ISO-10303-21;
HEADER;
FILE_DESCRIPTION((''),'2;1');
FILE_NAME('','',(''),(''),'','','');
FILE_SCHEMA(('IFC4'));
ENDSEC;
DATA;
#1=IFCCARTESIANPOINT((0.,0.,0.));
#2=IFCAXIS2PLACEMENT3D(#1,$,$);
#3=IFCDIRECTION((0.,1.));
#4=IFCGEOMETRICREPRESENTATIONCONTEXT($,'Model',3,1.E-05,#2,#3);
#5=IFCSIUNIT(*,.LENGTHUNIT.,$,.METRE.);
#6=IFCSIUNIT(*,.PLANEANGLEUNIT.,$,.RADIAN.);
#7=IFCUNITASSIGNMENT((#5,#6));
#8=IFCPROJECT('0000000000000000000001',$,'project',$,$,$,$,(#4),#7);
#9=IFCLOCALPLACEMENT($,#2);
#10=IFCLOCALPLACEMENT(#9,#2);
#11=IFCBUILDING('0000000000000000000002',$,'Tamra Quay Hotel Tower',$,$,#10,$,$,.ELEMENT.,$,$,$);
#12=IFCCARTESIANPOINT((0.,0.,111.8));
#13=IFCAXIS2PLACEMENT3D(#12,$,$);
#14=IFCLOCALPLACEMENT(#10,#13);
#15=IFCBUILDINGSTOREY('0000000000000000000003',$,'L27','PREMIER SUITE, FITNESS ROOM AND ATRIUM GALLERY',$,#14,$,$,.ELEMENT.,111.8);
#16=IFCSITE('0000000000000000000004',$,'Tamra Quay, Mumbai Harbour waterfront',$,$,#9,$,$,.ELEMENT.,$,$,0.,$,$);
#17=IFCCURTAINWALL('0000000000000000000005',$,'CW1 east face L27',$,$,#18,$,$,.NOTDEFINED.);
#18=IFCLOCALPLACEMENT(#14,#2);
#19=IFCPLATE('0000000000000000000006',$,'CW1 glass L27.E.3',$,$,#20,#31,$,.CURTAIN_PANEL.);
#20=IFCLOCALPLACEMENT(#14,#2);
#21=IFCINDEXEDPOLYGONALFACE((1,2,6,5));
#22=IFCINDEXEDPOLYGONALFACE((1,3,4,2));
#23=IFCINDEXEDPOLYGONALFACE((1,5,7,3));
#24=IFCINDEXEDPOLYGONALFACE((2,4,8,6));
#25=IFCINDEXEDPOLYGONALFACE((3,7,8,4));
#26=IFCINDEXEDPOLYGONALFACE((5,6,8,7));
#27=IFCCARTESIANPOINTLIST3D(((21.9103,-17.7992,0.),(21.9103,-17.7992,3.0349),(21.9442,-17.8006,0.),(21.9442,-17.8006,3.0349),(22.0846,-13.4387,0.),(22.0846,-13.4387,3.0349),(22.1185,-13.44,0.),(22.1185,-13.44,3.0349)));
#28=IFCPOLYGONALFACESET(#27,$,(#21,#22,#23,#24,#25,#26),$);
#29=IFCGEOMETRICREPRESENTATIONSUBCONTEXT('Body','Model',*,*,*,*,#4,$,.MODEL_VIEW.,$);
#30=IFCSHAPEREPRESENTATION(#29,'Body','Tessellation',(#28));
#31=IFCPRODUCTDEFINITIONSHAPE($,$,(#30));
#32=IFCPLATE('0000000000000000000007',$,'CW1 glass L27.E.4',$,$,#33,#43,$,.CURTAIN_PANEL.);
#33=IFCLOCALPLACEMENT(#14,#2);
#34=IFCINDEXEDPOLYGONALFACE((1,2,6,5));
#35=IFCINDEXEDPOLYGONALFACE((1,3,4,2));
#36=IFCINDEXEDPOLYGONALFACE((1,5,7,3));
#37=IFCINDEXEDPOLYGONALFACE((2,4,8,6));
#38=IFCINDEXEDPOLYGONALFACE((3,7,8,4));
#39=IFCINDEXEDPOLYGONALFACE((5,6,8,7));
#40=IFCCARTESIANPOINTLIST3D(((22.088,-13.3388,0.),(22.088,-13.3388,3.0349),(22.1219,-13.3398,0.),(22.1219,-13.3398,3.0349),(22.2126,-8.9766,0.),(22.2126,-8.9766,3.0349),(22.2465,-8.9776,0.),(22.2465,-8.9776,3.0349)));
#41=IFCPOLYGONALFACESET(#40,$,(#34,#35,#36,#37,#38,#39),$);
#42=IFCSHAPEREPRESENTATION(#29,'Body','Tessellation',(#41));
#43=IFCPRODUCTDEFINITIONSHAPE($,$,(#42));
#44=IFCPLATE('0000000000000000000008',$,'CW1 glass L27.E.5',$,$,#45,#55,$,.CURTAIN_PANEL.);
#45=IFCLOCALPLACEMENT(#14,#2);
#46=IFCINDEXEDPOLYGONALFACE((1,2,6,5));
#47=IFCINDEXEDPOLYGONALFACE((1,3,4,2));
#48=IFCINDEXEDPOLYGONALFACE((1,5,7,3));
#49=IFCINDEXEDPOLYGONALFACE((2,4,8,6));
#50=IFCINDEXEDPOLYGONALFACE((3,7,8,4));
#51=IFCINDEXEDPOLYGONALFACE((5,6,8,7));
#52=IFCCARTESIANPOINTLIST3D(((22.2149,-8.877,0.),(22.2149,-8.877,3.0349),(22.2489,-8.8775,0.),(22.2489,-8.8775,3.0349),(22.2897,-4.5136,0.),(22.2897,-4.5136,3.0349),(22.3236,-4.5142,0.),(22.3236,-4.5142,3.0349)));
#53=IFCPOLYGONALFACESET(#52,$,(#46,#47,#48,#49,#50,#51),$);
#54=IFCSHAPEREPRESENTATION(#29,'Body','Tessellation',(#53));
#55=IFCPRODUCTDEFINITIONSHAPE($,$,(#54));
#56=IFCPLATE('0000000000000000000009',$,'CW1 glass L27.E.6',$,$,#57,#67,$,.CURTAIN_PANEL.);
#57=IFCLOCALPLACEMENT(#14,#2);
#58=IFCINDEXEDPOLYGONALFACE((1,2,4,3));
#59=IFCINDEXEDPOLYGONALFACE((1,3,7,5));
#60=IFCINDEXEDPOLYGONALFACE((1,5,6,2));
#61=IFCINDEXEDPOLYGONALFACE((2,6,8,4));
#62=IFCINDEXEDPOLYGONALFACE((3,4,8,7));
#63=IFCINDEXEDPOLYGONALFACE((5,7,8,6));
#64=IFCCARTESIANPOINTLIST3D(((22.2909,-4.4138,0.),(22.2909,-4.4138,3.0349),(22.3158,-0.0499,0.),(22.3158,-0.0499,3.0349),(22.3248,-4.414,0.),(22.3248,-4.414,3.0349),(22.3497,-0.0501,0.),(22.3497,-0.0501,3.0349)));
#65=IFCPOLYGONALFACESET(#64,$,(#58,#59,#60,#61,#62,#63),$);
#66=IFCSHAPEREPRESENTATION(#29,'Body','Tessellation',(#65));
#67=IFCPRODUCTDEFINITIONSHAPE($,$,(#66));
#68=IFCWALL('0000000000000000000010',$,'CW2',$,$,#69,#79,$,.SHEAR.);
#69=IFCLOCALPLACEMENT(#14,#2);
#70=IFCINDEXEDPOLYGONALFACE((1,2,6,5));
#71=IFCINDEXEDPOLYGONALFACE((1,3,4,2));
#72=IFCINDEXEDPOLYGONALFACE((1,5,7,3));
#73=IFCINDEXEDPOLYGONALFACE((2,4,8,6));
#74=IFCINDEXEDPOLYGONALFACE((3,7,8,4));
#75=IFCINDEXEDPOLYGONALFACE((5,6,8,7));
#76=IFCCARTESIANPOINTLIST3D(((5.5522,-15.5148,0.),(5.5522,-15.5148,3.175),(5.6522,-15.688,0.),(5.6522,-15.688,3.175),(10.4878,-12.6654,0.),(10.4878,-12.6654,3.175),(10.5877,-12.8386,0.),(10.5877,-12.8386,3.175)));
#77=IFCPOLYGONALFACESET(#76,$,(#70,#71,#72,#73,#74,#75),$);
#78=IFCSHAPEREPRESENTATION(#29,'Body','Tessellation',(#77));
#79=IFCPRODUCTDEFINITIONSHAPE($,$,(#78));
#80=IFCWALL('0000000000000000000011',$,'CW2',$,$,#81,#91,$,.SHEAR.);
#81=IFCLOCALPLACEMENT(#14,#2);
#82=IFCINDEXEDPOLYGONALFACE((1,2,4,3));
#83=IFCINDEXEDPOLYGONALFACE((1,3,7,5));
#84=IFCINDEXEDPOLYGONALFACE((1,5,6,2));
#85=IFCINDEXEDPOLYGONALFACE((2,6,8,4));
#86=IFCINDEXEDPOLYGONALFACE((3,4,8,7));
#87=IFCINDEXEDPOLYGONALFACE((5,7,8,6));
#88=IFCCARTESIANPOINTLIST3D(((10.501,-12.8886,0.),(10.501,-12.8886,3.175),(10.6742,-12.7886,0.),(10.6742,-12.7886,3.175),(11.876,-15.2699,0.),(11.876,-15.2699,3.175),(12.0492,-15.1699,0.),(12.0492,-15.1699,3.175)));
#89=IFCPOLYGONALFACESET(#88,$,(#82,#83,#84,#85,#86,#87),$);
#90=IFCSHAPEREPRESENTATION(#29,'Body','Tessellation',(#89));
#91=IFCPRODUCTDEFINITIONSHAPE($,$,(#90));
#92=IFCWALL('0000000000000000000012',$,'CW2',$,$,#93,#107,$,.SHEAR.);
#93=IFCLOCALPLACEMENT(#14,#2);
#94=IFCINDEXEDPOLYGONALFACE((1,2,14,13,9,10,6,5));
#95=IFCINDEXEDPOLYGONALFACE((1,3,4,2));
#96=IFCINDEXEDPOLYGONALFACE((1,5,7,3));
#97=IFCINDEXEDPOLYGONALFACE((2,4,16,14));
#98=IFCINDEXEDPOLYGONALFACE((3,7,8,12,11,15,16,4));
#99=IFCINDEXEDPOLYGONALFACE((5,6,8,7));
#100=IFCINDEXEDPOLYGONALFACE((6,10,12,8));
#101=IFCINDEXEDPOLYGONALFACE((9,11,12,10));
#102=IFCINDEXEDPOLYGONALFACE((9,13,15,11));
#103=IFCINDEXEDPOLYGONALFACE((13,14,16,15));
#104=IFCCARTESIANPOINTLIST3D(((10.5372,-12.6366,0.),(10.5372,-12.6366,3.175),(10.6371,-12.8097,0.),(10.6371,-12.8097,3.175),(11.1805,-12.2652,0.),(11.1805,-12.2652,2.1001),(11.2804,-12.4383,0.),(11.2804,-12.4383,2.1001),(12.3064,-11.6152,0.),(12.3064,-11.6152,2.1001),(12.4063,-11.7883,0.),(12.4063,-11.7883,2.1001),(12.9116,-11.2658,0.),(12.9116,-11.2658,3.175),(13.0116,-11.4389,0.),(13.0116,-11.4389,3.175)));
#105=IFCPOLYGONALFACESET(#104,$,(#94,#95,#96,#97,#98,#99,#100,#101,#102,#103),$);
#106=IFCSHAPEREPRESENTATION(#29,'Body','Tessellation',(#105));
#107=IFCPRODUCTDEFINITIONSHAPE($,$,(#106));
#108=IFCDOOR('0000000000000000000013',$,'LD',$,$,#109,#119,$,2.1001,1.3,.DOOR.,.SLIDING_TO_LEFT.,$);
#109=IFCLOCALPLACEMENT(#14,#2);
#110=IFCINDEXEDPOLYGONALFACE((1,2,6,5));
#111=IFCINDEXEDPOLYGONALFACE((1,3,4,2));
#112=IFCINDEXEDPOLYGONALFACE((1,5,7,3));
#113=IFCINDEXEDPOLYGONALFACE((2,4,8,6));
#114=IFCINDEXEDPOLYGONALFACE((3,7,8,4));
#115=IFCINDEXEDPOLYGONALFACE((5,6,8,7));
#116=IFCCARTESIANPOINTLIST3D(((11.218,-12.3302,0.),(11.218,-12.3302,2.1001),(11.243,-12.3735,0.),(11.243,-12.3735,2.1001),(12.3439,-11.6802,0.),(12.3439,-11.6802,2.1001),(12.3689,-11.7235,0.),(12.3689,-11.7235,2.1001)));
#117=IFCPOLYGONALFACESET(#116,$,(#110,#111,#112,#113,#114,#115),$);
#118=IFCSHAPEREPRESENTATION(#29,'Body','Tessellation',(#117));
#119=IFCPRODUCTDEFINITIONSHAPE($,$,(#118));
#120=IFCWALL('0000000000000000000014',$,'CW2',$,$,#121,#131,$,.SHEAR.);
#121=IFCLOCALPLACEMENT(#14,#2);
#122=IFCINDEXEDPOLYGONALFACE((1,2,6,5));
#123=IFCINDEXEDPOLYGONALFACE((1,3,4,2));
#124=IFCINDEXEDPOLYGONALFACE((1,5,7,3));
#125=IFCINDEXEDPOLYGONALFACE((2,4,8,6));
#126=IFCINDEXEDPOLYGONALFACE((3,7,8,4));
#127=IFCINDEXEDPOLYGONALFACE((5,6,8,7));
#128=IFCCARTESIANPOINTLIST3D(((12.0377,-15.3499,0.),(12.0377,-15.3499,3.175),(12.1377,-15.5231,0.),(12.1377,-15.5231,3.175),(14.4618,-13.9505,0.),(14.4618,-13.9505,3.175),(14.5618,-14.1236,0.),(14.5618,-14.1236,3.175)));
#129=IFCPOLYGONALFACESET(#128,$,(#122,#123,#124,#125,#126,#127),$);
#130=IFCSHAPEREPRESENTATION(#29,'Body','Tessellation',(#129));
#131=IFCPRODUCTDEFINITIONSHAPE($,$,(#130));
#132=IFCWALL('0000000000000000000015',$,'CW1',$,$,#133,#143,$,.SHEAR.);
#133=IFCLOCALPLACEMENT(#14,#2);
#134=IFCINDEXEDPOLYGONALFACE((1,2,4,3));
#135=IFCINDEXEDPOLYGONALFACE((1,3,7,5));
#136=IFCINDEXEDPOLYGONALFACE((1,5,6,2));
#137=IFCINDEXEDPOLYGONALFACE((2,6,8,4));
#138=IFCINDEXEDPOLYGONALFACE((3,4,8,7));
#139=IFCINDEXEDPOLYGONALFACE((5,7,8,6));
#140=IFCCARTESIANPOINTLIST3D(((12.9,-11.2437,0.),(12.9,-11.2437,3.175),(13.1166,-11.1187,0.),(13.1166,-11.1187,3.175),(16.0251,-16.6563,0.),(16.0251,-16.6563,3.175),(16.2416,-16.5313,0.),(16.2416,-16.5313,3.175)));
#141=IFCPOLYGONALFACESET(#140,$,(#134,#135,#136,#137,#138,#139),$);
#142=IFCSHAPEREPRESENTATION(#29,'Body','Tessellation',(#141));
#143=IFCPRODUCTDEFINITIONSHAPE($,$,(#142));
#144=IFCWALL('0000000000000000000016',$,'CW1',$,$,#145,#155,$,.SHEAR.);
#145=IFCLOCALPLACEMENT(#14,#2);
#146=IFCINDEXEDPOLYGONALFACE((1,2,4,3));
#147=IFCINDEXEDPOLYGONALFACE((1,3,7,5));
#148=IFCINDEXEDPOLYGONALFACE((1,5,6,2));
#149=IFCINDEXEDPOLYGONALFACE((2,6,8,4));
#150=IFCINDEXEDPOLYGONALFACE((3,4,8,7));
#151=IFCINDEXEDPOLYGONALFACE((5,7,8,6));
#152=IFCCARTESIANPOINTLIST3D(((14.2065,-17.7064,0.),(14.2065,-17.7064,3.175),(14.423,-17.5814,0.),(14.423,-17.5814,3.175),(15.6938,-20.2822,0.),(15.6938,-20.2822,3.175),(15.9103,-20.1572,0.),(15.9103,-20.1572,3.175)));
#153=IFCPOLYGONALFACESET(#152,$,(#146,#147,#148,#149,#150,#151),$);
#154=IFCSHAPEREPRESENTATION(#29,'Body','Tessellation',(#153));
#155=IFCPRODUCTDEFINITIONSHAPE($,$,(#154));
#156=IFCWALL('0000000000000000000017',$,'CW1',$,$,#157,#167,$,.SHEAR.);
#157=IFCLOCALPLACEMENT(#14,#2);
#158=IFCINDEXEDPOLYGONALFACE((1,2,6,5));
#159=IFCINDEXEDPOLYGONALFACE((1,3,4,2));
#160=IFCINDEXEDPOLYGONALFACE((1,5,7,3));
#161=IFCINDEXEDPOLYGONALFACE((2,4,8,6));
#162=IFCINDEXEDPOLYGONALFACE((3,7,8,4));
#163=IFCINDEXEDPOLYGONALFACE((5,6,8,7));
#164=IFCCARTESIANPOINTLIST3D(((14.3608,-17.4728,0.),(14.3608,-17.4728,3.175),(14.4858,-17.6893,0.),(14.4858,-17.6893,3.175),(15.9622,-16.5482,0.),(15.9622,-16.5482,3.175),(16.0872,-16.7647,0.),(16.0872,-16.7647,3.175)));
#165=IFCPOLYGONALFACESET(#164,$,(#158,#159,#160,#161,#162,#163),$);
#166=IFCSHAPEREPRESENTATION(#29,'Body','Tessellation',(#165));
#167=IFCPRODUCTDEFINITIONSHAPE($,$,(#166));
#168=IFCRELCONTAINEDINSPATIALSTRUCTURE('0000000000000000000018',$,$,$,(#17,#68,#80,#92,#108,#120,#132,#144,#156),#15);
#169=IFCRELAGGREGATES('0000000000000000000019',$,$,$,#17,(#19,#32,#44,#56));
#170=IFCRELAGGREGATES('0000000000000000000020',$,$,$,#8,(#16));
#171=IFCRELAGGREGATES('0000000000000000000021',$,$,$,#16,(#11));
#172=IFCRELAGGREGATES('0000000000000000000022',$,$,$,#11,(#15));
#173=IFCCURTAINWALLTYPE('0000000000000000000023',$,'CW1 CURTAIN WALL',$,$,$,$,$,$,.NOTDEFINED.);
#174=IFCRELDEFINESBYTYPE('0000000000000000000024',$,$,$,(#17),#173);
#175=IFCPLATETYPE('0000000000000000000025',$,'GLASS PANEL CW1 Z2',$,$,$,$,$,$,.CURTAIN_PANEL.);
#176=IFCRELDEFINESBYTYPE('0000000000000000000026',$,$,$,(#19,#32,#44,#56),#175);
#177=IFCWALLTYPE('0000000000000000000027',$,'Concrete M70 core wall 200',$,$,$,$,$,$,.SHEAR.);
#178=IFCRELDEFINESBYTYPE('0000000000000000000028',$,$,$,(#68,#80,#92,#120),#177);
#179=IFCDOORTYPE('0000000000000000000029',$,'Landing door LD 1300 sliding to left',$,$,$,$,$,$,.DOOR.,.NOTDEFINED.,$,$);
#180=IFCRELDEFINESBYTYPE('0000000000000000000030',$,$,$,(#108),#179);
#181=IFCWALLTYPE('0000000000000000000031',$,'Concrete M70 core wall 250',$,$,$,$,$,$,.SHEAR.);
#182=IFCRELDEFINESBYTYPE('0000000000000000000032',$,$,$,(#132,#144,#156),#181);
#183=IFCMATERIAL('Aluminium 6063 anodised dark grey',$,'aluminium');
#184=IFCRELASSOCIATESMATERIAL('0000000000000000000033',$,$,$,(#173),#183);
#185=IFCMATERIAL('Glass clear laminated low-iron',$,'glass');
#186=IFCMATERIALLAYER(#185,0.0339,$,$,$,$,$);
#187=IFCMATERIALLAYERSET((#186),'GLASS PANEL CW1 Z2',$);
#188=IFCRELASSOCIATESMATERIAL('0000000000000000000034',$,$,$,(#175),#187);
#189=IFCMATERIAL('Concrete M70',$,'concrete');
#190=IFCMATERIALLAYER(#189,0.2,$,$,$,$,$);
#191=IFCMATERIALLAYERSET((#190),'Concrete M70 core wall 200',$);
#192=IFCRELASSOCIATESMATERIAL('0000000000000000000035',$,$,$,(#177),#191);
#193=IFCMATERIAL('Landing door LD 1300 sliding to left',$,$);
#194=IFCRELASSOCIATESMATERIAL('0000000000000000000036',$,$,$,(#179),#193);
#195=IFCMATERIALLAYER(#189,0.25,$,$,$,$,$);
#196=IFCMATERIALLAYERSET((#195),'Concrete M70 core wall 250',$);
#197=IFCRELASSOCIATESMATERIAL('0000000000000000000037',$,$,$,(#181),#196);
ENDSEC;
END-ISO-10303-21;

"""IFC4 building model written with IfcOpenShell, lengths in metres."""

from ifc_helpers import new_model, si_unit, direction, frame, frame_2d, origin, origin_2d, place, context, subcontext, project, spatial, rectangle, extrude, material, layer, layer_set, type_object, element, fill, aggregate, save


model = new_model("IFC4")

# Units and contexts
model_context = context("Model", 3, precision=1e-05, world=origin(), true_north=direction((0.0, 1.0)))
body_context = subcontext(model_context, "Body", "Model", "MODEL_VIEW")
ifc_project = project(units=[si_unit("LENGTHUNIT", "METRE"), si_unit("PLANEANGLEUNIT", "RADIAN")], contexts=[model_context])

# Site, building, storey
site_placement = place(None, origin())
site = spatial("IfcSite", under=ifc_project, at=site_placement, Name="Tamra Quay, Mumbai Harbour waterfront", CompositionType="ELEMENT", RefElevation=0.0)
building_placement = place(site_placement, origin())
building = spatial("IfcBuilding", under=site, at=building_placement, Name="Tamra Quay Hotel Tower", CompositionType="ELEMENT")
storey_placement = place(building_placement, frame((0.0, 0.0, 111.8)))
storey = spatial("IfcBuildingStorey", under=building, at=storey_placement, Name="L27", Description="PREMIER SUITE, FITNESS ROOM AND ATRIUM GALLERY", CompositionType="ELEMENT", Elevation=111.8)

# Shared definitions
ifc_material_1 = material(Name="Concrete M70", Category="concrete")

# Curtain wall
ifc_material_2 = material(Name="Aluminium 6063 anodised dark grey", Category="aluminium")
curtain_wall_type = type_object("IfcCurtainWallType", Name="CW1 CURTAIN WALL", PredefinedType="NOTDEFINED", material=ifc_material_2)
curtain_wall_placement = place(storey_placement, origin())
curtain_wall = element("IfcCurtainWall", 1, at=curtain_wall_placement, inside=storey, type_object=curtain_wall_type, Name="CW1 east face L27", PredefinedType="NOTDEFINED")

# Plates
ifc_material_3 = material(Name="Glass clear laminated low-iron", Category="glass")
ifc_layer_1 = layer(ifc_material_3, 0.0339)
ifc_layer_set_1 = layer_set([ifc_layer_1], Name="GLASS PANEL CW1 Z2")
plate_type = type_object("IfcPlateType", Name="GLASS PANEL CW1 Z2", PredefinedType="CURTAIN_PANEL", material=ifc_layer_set_1)
plate_1_placement = place(storey_placement, frame((22.0144, -15.6196, 0.0), z_axis=(0.0, 0.0, 1.0), x_axis=(0.039944, 0.999202, 0.0)))
plate_1 = element("IfcPlate", 2, at=plate_1_placement, type_object=plate_type, Name="CW1 glass L27.E.3", PredefinedType="CURTAIN_PANEL", context=body_context, shape_type="SweptSolid", body=[
    extrude(rectangle(XDim=4.364, YDim=0.0339, at=origin_2d()), origin(), (0.0, 0.0, 1.0), 3.0349),
])
plate_2_placement = place(storey_placement, frame((22.1672, -11.1582, 0.0), z_axis=(0.0, 0.0, 1.0), x_axis=(0.028546, 0.999592, 0.0)))
plate_2 = element("IfcPlate", 3, at=plate_2_placement, type_object=plate_type, Name="CW1 glass L27.E.4", PredefinedType="CURTAIN_PANEL", context=body_context, shape_type="SweptSolid", body=[
    extrude(rectangle(XDim=4.364, YDim=0.0339, at=origin_2d()), origin(), (0.0, 0.0, 1.0), 3.0349),
])
plate_3_placement = place(storey_placement, frame((22.2693, -6.6956, 0.0), z_axis=(0.0, 0.0, 1.0), x_axis=(0.017134, 0.999853, 0.0)))
plate_3 = element("IfcPlate", 4, at=plate_3_placement, type_object=plate_type, Name="CW1 glass L27.E.5", PredefinedType="CURTAIN_PANEL", context=body_context, shape_type="SweptSolid", body=[
    extrude(rectangle(XDim=4.364, YDim=0.0339, at=origin_2d()), origin(), (0.0, 0.0, 1.0), 3.0349),
])
plate_4_placement = place(storey_placement, frame((22.3203, -2.2319, 0.0), z_axis=(0.0, 0.0, 1.0), x_axis=(0.005713, 0.999984, 0.0)))
plate_4 = element("IfcPlate", 5, at=plate_4_placement, type_object=plate_type, Name="CW1 glass L27.E.6", PredefinedType="CURTAIN_PANEL", context=body_context, shape_type="SweptSolid", body=[
    extrude(rectangle(XDim=4.364, YDim=0.0339, at=origin_2d()), origin(), (0.0, 0.0, 1.0), 3.0349),
])
aggregate(curtain_wall, [plate_1, plate_2, plate_3, plate_4])

# Walls
ifc_layer_2 = layer(ifc_material_1, 0.2)
ifc_layer_set_2 = layer_set([ifc_layer_2], Name="Concrete M70 core wall 200")
wall_type_1 = type_object("IfcWallType", Name="Concrete M70 core wall 200", PredefinedType="SHEAR", material=ifc_layer_set_2)
wall_1_placement = place(storey_placement, frame((10.5378, -12.752, 0.0), z_axis=(0.0, 0.0, 1.0), x_axis=(-0.866039, -0.499977, 0.0)))
element("IfcWall", 6, at=wall_1_placement, inside=storey, type_object=wall_type_1, Name="CW2", PredefinedType="SHEAR", context=body_context, shape_type="SweptSolid", body=[
    extrude(rectangle(XDim=5.699, YDim=0.2, at=frame_2d((2.8496, 0.0))), origin(), (0.0, 0.0, 1.0), 3.175),
])
wall_2_placement = place(storey_placement, frame((11.9626, -15.22, 0.0), z_axis=(0.0, 0.0, 1.0), x_axis=(-0.500035, 0.866005, 0.0)))
element("IfcWall", 7, at=wall_2_placement, inside=storey, type_object=wall_type_1, Name="CW2", PredefinedType="SHEAR", context=body_context, shape_type="SweptSolid", body=[
    extrude(rectangle(XDim=2.7498, YDim=0.2, at=frame_2d((1.375, 0.0))), origin(), (0.0, 0.0, 1.0), 3.175),
])

# Wall, opening, door
wall_3_placement = place(storey_placement, frame((10.5872, -12.7231, 0.0), z_axis=(0.0, 0.0, 1.0), x_axis=(0.866037, 0.499979, 0.0)))
wall_3 = element("IfcWall", 8, at=wall_3_placement, inside=storey, type_object=wall_type_1, Name="CW2", PredefinedType="SHEAR", context=body_context, shape_type="SweptSolid", body=[
    extrude(rectangle(XDim=2.7417, YDim=0.2, at=frame_2d((1.3708, 0.0))), origin(), (0.0, 0.0, 1.0), 3.175),
])
opening_placement = place(wall_3_placement, frame((0.7429, 0.0, 0.0)))
opening = element("IfcOpeningElement", 9, at=opening_placement, cuts=wall_3, PredefinedType="OPENING", context=body_context, shape_type="SweptSolid", body=[
    extrude(rectangle(XDim=1.3, YDim=2.1001, at=frame_2d((0.6499, 1.05))), frame((0.0, 0.1099, 0.0), z_axis=(0.0, -1.0, 0.0), x_axis=(1.0, 0.0, 0.0)), (0.0, 0.0, 1.0), 0.22),
])
ifc_material_4 = material(Name="Landing door LD 1300 sliding to left")
door_type = type_object("IfcDoorType", Name="Landing door LD 1300 sliding to left", OperationType="NOTDEFINED", PredefinedType="DOOR", material=ifc_material_4)
door_placement = place(opening_placement, origin())
door = element("IfcDoor", 10, at=door_placement, inside=storey, type_object=door_type, Name="LD", OperationType="SLIDING_TO_LEFT", OverallHeight=2.1001, OverallWidth=1.3, PredefinedType="DOOR", context=body_context, shape_type="SweptSolid", body=[
    extrude(rectangle(XDim=1.3, YDim=2.1001, at=frame_2d((0.6499, 1.05))), frame((0.0, 0.0249, 0.0), z_axis=(0.0, -1.0, 0.0), x_axis=(1.0, 0.0, 0.0)), (0.0, 0.0, 1.0), 0.05),
])
fill(opening, door)

# Walls
wall_4_placement = place(storey_placement, frame((14.5117, -14.0371, 0.0), z_axis=(0.0, 0.0, 1.0), x_axis=(-0.866045, -0.499967, 0.0)))
element("IfcWall", 11, at=wall_4_placement, inside=storey, type_object=wall_type_1, Name="CW2", PredefinedType="SHEAR", context=body_context, shape_type="SweptSolid", body=[
    extrude(rectangle(XDim=2.7991, YDim=0.2, at=frame_2d((1.3994, 0.0))), origin(), (0.0, 0.0, 1.0), 3.175),
])
ifc_layer_3 = layer(ifc_material_1, 0.25)
ifc_layer_set_3 = layer_set([ifc_layer_3], Name="Concrete M70 core wall 250")
wall_type_2 = type_object("IfcWallType", Name="Concrete M70 core wall 250", PredefinedType="SHEAR", material=ifc_layer_set_3)
wall_5_placement = place(storey_placement, frame((13.0083, -11.1812, 0.0), z_axis=(0.0, 0.0, 1.0), x_axis=(0.500004, -0.866023, 0.0)))
element("IfcWall", 12, at=wall_5_placement, inside=storey, type_object=wall_type_2, Name="CW1", PredefinedType="SHEAR", context=body_context, shape_type="SweptSolid", body=[
    extrude(rectangle(XDim=6.25, YDim=0.25, at=frame_2d((3.125, 0.0))), origin(), (0.0, 0.0, 1.0), 3.175),
])
wall_6_placement = place(storey_placement, frame((14.3147, -17.6438, 0.0), z_axis=(0.0, 0.0, 1.0), x_axis=(0.500023, -0.866012, 0.0)))
element("IfcWall", 13, at=wall_6_placement, inside=storey, type_object=wall_type_2, Name="CW1", PredefinedType="SHEAR", context=body_context, shape_type="SweptSolid", body=[
    extrude(rectangle(XDim=2.9744, YDim=0.25, at=frame_2d((1.4873, 0.0))), origin(), (0.0, 0.0, 1.0), 3.175),
])
wall_7_placement = place(storey_placement, frame((16.0247, -16.6565, 0.0), z_axis=(0.0, 0.0, 1.0), x_axis=(-0.866016, -0.500016, 0.0)))
element("IfcWall", 14, at=wall_7_placement, inside=storey, type_object=wall_type_2, Name="CW1", PredefinedType="SHEAR", context=body_context, shape_type="SweptSolid", body=[
    extrude(rectangle(XDim=1.8491, YDim=0.25, at=frame_2d((0.9246, 0.0))), origin(), (0.0, 0.0, 1.0), 3.175),
])

save(model, "model.ifc")
